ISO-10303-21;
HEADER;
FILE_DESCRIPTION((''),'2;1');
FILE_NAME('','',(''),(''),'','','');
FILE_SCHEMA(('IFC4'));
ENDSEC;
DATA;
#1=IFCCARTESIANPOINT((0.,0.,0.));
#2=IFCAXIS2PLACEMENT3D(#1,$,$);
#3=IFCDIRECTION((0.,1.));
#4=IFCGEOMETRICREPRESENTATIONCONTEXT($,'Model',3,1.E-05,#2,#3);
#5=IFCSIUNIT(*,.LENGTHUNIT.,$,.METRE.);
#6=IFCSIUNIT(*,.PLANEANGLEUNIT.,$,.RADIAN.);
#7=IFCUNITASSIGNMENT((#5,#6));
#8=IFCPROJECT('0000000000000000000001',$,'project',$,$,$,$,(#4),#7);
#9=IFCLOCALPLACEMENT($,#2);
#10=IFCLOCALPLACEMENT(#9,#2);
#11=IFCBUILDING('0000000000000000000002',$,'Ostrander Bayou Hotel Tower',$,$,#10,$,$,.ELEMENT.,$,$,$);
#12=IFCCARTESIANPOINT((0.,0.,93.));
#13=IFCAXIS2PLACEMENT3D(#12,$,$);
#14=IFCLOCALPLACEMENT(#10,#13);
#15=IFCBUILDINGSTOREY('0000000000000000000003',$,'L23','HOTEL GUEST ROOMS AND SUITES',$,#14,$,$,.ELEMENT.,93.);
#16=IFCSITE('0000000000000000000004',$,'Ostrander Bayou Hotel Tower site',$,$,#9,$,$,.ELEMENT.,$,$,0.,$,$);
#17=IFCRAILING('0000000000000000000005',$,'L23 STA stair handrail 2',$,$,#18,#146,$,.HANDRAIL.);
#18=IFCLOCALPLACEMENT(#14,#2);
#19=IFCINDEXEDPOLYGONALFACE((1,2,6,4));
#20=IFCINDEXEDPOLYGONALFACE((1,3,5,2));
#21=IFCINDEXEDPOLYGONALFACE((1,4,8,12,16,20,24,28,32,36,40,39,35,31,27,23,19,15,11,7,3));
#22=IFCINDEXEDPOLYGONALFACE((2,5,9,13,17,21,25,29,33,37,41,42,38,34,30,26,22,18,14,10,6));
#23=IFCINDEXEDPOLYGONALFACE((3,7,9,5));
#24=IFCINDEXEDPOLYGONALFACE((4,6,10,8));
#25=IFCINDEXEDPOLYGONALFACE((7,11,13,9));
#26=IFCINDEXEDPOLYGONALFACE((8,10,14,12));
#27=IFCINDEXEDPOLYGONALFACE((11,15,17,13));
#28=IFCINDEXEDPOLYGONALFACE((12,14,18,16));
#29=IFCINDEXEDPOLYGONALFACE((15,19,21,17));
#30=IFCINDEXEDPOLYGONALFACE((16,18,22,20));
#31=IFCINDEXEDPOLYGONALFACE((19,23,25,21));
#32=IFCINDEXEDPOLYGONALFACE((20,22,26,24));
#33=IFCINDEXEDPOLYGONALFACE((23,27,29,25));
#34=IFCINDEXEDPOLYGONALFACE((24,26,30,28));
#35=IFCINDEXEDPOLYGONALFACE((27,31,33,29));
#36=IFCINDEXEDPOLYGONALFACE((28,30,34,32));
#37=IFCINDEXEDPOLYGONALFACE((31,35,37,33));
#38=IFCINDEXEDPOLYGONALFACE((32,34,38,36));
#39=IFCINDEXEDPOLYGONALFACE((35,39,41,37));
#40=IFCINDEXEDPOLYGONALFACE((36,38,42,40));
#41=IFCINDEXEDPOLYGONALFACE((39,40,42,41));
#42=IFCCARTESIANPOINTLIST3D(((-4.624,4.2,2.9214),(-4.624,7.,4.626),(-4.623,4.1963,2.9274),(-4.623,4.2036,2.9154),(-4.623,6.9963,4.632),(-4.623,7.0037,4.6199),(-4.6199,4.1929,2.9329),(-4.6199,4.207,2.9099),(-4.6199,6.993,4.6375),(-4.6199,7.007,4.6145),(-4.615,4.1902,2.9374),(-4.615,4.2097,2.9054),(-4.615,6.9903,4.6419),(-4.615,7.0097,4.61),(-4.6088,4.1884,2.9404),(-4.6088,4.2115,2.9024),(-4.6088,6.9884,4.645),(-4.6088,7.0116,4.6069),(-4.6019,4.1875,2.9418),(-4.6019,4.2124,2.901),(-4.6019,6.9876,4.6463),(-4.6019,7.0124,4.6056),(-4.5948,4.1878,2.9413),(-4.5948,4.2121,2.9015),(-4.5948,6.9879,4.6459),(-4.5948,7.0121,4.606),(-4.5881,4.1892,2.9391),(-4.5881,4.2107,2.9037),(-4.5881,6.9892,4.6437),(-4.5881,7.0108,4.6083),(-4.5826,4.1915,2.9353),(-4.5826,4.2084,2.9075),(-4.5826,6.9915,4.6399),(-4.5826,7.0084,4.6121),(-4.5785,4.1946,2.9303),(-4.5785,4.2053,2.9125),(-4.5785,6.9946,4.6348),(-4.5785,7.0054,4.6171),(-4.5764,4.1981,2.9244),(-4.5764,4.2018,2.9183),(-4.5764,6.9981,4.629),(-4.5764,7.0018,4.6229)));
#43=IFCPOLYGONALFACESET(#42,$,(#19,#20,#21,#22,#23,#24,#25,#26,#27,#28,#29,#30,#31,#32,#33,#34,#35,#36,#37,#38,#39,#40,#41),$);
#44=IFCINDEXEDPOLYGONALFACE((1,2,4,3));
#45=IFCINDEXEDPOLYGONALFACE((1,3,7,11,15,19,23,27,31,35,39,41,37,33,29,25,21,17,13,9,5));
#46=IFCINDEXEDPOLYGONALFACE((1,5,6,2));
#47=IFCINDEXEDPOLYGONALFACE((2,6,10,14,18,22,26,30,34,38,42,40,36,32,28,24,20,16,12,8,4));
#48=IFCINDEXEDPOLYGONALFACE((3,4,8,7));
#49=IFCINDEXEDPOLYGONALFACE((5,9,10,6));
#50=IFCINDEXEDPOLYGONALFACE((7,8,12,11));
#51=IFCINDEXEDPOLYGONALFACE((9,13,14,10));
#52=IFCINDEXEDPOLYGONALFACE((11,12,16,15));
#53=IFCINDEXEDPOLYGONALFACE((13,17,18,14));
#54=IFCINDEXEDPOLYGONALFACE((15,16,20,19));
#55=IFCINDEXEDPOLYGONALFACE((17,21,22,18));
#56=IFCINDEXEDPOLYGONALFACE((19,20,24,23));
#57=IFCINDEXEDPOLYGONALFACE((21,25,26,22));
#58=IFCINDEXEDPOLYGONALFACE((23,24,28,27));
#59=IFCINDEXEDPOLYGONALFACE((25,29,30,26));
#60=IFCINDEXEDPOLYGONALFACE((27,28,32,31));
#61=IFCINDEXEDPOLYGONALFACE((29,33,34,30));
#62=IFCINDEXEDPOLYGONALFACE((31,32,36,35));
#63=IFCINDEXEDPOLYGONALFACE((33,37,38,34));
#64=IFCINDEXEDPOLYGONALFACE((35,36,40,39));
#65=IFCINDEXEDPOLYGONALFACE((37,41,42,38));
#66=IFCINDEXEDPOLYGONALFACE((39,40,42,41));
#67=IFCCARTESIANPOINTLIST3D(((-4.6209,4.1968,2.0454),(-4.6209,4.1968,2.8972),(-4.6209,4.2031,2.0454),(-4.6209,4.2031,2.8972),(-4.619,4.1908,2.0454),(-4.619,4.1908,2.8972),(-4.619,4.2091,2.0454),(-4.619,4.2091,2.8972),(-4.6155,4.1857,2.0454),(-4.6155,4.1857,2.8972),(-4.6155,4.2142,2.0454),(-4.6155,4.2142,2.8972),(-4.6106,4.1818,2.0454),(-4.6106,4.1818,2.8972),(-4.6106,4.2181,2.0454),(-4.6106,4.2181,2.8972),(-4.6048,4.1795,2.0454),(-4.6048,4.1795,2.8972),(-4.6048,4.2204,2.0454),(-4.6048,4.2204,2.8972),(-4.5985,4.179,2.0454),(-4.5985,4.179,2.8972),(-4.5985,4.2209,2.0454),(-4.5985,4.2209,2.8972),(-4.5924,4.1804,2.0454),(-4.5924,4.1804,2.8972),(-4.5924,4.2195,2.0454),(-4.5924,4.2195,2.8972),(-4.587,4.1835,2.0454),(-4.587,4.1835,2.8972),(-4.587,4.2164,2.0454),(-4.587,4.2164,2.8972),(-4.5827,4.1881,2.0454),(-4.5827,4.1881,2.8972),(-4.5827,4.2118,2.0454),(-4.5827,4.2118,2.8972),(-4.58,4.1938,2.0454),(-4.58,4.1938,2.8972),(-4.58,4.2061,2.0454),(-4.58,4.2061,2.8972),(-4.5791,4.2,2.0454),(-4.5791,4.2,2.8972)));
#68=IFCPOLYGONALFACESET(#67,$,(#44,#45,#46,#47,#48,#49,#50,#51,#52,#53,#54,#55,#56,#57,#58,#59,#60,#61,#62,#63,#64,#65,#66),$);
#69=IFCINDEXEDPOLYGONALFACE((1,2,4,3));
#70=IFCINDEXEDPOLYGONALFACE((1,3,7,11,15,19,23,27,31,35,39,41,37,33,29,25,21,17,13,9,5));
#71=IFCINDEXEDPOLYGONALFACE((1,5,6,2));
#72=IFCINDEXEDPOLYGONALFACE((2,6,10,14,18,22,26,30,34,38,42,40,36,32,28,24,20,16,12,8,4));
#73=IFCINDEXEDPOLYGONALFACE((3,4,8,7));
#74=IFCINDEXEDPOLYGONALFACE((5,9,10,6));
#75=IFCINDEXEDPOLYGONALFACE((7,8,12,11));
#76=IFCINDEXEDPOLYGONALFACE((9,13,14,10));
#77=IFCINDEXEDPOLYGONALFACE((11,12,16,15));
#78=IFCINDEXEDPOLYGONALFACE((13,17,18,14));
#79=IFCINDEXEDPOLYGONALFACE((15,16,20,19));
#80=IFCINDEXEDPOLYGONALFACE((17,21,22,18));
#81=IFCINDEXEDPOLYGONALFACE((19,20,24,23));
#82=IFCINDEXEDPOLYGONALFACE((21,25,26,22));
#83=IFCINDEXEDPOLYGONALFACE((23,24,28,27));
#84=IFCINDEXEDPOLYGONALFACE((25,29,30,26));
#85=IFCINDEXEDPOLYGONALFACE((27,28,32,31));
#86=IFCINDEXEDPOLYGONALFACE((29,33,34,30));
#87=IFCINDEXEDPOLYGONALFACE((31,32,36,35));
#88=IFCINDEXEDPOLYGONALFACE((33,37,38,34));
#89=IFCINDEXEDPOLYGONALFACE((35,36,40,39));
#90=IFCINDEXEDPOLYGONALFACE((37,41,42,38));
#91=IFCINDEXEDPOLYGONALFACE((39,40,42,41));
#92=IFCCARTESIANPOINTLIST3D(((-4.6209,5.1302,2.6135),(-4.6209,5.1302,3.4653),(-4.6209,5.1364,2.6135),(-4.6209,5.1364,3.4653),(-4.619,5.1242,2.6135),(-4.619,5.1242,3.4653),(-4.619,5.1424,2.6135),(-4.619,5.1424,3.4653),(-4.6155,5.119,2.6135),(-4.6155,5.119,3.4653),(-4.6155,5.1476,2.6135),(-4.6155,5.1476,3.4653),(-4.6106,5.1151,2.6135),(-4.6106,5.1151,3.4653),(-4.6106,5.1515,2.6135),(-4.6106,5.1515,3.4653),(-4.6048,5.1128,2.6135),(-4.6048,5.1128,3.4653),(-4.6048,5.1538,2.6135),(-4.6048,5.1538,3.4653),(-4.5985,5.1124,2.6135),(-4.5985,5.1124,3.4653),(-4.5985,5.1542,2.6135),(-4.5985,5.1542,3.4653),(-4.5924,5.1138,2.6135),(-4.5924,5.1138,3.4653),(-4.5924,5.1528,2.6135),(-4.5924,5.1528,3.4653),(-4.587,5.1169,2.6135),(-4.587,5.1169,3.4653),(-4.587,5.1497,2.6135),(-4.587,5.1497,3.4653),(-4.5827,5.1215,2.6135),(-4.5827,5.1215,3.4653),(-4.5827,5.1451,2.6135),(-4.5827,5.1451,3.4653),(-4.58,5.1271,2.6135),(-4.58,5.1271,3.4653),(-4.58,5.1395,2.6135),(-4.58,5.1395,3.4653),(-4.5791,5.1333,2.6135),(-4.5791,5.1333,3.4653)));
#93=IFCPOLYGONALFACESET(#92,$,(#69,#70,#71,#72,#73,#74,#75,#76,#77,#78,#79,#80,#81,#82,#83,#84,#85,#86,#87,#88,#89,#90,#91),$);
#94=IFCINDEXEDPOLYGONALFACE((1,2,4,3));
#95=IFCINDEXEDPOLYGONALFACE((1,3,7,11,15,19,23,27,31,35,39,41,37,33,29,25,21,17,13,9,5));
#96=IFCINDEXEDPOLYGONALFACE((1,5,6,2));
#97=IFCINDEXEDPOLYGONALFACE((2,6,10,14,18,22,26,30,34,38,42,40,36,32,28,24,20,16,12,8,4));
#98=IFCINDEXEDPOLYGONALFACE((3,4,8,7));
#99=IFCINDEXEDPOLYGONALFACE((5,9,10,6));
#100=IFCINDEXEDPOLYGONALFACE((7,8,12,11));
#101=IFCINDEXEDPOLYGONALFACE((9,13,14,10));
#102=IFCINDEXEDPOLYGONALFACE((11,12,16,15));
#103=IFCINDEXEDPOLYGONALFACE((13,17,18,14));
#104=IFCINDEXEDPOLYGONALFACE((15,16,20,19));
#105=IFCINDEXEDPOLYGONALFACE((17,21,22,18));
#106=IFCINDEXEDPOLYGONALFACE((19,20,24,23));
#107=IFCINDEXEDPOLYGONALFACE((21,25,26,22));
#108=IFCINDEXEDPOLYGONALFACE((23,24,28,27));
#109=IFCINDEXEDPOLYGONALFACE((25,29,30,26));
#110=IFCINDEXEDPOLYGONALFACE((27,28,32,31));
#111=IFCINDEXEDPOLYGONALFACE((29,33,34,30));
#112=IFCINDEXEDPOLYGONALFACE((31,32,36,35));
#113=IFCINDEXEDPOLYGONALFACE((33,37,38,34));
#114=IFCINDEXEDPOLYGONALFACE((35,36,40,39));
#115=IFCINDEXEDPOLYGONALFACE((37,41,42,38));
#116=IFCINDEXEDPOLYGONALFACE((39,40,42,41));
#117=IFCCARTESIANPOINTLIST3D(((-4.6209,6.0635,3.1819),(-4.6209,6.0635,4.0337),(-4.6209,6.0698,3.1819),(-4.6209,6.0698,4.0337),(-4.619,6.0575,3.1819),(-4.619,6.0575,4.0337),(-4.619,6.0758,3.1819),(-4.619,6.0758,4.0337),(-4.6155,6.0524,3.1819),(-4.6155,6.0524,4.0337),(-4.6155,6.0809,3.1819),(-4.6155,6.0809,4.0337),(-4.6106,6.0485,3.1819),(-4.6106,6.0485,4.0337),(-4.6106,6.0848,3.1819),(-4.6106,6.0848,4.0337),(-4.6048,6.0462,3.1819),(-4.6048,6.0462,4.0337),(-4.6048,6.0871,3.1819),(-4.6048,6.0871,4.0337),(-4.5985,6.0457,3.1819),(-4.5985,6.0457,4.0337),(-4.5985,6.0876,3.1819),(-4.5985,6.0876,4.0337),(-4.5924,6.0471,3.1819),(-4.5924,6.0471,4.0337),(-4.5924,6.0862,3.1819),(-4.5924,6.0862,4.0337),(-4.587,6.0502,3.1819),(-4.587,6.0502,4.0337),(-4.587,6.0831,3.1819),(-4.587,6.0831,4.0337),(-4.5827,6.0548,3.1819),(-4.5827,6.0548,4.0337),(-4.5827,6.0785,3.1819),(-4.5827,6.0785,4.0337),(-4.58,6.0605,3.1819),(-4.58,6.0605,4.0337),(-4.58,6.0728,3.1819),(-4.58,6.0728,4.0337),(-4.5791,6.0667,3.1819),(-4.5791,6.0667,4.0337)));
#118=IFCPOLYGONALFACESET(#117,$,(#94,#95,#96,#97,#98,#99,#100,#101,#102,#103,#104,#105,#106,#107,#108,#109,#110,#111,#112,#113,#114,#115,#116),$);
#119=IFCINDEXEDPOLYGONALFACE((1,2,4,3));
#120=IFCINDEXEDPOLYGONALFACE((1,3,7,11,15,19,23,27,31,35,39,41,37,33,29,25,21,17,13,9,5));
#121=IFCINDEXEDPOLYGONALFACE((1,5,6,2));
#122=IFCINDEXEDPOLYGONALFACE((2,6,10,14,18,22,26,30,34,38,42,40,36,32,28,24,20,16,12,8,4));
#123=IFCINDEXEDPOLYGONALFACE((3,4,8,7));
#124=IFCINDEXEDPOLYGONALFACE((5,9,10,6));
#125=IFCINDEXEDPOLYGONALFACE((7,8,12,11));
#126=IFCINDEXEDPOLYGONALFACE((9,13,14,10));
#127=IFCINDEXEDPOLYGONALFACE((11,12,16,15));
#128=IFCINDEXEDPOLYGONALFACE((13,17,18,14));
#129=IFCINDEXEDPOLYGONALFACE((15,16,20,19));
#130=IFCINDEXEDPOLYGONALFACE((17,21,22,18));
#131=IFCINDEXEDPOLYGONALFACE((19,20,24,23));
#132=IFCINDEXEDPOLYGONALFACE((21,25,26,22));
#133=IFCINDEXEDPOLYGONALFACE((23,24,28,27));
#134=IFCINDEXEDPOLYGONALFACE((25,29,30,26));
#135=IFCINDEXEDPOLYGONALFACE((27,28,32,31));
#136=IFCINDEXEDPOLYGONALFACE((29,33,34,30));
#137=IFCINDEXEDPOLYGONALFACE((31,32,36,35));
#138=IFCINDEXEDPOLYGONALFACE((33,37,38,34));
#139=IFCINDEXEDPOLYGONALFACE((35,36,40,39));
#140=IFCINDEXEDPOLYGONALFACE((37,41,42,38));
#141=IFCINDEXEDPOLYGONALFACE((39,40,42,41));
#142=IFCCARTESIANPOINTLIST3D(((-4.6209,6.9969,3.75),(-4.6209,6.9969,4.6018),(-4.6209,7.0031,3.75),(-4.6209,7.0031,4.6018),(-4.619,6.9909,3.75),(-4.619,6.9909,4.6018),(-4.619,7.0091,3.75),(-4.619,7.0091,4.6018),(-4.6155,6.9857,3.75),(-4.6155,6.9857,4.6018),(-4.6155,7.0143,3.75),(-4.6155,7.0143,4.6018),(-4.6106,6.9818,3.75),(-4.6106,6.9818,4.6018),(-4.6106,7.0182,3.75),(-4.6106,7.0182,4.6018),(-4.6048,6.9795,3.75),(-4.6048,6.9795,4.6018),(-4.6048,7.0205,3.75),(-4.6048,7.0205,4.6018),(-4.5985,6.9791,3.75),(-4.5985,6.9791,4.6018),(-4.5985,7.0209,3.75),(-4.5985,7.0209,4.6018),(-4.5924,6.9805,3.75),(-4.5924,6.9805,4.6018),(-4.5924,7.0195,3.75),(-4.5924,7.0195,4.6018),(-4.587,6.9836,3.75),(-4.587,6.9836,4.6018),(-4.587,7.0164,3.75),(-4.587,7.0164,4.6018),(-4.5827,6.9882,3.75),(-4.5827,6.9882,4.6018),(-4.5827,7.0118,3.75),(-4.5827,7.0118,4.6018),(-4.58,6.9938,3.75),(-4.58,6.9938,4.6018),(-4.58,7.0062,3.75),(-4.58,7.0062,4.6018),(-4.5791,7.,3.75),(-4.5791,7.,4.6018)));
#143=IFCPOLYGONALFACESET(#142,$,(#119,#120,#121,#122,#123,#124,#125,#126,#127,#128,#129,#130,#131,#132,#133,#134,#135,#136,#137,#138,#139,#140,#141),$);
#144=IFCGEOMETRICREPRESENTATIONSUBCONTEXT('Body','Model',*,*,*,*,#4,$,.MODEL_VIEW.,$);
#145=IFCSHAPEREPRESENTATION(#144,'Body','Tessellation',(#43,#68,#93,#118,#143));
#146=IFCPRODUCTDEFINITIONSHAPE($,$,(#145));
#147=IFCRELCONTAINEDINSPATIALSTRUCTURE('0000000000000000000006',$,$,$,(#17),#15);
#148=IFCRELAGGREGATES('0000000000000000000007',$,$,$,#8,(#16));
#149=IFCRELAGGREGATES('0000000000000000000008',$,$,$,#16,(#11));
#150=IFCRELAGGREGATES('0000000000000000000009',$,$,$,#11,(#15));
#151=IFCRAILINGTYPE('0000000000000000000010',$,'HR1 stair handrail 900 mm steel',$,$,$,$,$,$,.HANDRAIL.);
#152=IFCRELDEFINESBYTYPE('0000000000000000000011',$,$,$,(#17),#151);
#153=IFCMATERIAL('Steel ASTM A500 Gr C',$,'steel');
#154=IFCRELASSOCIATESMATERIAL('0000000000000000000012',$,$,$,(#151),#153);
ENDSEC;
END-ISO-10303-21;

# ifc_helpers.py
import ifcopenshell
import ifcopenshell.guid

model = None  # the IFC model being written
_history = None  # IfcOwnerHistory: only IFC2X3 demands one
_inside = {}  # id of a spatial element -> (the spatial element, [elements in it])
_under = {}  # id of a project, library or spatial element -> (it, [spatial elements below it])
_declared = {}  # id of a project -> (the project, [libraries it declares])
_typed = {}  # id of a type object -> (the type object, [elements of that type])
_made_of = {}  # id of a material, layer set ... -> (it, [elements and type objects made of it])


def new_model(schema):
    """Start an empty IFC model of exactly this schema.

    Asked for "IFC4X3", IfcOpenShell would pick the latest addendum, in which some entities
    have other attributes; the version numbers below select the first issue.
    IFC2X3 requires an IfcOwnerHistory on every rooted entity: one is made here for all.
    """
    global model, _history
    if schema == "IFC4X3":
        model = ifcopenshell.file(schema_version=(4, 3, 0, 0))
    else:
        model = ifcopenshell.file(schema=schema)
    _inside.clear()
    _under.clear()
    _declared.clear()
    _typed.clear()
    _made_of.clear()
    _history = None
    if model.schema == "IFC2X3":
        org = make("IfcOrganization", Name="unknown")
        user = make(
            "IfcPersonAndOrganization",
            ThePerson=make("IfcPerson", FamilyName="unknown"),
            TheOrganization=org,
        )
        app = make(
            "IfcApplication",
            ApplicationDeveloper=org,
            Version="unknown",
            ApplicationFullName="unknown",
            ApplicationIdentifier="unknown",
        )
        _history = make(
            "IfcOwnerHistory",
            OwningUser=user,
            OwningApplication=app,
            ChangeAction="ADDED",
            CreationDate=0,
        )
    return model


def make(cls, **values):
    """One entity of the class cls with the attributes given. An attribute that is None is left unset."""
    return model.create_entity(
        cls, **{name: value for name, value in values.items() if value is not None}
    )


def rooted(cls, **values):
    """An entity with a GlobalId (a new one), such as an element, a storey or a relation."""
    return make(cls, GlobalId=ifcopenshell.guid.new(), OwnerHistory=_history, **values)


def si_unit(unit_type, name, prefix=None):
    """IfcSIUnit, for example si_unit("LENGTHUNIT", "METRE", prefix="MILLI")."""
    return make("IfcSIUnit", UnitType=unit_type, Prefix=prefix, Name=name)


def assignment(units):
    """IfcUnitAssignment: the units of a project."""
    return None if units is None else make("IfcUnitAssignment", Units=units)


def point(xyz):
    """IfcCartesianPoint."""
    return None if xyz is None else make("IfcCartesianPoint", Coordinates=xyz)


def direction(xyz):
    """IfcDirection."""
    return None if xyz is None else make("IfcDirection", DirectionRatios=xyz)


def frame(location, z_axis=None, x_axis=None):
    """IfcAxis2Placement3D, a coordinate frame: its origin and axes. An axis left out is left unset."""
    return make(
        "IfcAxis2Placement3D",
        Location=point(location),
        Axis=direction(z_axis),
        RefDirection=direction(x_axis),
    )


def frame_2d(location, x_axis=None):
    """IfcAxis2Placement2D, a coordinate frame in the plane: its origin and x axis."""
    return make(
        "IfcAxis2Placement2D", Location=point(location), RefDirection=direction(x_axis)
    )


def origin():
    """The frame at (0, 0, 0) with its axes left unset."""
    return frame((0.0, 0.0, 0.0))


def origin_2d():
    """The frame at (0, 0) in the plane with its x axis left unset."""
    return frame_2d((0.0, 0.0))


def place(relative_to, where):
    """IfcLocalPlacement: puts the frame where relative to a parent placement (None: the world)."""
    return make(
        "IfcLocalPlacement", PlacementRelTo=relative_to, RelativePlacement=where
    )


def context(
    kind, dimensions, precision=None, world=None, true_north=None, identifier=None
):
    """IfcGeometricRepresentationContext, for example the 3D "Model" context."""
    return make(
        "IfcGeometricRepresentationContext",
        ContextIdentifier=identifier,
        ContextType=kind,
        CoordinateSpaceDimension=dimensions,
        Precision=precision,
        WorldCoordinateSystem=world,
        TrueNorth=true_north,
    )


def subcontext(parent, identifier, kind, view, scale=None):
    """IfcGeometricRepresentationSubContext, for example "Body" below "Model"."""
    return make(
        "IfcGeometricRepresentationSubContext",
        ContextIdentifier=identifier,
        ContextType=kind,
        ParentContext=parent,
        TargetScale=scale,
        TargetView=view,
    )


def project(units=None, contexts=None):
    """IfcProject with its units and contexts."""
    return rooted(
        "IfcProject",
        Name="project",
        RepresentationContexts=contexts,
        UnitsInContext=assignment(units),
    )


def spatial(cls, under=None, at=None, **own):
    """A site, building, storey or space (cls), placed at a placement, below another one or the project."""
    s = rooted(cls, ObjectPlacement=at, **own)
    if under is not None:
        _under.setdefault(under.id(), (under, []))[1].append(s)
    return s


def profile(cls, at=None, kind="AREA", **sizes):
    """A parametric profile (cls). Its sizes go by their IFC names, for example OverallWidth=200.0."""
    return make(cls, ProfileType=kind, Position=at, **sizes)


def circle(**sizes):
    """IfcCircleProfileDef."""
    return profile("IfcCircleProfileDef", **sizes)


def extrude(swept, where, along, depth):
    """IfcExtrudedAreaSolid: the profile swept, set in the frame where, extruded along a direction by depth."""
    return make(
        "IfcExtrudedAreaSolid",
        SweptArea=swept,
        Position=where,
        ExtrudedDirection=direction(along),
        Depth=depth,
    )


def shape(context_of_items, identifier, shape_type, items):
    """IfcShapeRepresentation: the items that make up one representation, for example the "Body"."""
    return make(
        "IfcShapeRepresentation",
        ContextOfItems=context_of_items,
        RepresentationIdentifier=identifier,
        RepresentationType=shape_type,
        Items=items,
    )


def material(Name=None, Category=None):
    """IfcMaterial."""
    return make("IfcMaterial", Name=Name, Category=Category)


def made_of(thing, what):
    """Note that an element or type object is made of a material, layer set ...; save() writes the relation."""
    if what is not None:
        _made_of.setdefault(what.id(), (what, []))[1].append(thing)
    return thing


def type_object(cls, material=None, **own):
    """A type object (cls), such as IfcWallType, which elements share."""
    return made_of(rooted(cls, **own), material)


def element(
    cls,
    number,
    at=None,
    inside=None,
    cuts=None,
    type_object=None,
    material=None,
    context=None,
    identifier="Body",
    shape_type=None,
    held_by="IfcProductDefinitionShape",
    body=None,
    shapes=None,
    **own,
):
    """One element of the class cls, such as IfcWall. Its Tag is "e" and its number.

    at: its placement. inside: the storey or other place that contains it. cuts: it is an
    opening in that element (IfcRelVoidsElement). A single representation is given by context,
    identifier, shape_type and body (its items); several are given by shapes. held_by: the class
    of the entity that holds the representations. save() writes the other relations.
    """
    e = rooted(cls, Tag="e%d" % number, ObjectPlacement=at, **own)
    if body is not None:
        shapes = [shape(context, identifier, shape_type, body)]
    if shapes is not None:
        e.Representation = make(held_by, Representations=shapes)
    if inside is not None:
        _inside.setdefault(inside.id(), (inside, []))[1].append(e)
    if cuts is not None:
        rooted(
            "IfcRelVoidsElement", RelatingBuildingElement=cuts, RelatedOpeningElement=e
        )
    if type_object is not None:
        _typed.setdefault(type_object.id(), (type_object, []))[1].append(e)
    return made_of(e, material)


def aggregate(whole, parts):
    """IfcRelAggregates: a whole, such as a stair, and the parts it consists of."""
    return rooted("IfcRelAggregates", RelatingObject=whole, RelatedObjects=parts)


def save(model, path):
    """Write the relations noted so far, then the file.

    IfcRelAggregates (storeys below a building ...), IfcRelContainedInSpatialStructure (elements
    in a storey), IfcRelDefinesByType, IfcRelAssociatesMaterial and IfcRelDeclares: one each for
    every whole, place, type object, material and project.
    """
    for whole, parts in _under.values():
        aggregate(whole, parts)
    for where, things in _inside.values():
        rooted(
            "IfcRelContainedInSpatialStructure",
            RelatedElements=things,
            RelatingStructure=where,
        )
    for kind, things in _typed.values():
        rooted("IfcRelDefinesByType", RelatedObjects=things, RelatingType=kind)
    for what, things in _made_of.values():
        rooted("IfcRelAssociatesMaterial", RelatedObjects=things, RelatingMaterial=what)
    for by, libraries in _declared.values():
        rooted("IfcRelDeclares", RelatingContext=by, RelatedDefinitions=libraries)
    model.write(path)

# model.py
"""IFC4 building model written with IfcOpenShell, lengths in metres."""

from ifc_helpers import new_model, si_unit, direction, frame, origin, origin_2d, place, context, subcontext, project, spatial, circle, extrude, material, type_object, element, save


model = new_model("IFC4")

# Units and contexts
model_context = context("Model", 3, precision=1e-05, world=origin(), true_north=direction((0.0, 1.0)))
body_context = subcontext(model_context, "Body", "Model", "MODEL_VIEW")
ifc_project = project(units=[si_unit("LENGTHUNIT", "METRE"), si_unit("PLANEANGLEUNIT", "RADIAN")], contexts=[model_context])

# Site, building, storey
site_placement = place(None, origin())
site = spatial("IfcSite", under=ifc_project, at=site_placement, Name="Ostrander Bayou Hotel Tower site", CompositionType="ELEMENT", RefElevation=0.0)
building_placement = place(site_placement, origin())
building = spatial("IfcBuilding", under=site, at=building_placement, Name="Ostrander Bayou Hotel Tower", CompositionType="ELEMENT")
storey_placement = place(building_placement, frame((0.0, 0.0, 93.0)))
storey = spatial("IfcBuildingStorey", under=building, at=storey_placement, Name="L23", Description="HOTEL GUEST ROOMS AND SUITES", CompositionType="ELEMENT", Elevation=93.0)

# Railing
ifc_material_1 = material(Name="Steel ASTM A500 Gr C", Category="steel")
railing_type_1 = type_object("IfcRailingType", Name="HR1 stair handrail 900 mm steel", PredefinedType="HANDRAIL", material=ifc_material_1)
railing_1_placement = place(storey_placement, frame((-4.6001, 4.2, 2.0454)))
element("IfcRailing", 1, at=railing_1_placement, inside=storey, type_object=railing_type_1, Name="L23 STA stair handrail 2", PredefinedType="HANDRAIL", context=body_context, shape_type="SweptSolid", body=[
    extrude(circle(Radius=0.0239, at=origin_2d()), frame((0.0, 0.0, 0.876), z_axis=(0.0, 0.85417, 0.519994), x_axis=(-1.0, 0.0, 0.0)), (0.0, 0.0, 1.0), 3.2781),
    extrude(circle(Radius=0.021, at=origin_2d()), origin(), (0.0, 0.0, 1.0), 0.8518),
    extrude(circle(Radius=0.021, at=origin_2d()), frame((0.0, 0.9333, 0.5681)), (0.0, 0.0, 1.0), 0.8518),
    extrude(circle(Radius=0.021, at=origin_2d()), frame((0.0, 1.8667, 1.1365)), (0.0, 0.0, 1.0), 0.8518),
    extrude(circle(Radius=0.021, at=origin_2d()), frame((0.0, 2.8, 1.7046)), (0.0, 0.0, 1.0), 0.8518),
])

save(model, "model.ifc")
